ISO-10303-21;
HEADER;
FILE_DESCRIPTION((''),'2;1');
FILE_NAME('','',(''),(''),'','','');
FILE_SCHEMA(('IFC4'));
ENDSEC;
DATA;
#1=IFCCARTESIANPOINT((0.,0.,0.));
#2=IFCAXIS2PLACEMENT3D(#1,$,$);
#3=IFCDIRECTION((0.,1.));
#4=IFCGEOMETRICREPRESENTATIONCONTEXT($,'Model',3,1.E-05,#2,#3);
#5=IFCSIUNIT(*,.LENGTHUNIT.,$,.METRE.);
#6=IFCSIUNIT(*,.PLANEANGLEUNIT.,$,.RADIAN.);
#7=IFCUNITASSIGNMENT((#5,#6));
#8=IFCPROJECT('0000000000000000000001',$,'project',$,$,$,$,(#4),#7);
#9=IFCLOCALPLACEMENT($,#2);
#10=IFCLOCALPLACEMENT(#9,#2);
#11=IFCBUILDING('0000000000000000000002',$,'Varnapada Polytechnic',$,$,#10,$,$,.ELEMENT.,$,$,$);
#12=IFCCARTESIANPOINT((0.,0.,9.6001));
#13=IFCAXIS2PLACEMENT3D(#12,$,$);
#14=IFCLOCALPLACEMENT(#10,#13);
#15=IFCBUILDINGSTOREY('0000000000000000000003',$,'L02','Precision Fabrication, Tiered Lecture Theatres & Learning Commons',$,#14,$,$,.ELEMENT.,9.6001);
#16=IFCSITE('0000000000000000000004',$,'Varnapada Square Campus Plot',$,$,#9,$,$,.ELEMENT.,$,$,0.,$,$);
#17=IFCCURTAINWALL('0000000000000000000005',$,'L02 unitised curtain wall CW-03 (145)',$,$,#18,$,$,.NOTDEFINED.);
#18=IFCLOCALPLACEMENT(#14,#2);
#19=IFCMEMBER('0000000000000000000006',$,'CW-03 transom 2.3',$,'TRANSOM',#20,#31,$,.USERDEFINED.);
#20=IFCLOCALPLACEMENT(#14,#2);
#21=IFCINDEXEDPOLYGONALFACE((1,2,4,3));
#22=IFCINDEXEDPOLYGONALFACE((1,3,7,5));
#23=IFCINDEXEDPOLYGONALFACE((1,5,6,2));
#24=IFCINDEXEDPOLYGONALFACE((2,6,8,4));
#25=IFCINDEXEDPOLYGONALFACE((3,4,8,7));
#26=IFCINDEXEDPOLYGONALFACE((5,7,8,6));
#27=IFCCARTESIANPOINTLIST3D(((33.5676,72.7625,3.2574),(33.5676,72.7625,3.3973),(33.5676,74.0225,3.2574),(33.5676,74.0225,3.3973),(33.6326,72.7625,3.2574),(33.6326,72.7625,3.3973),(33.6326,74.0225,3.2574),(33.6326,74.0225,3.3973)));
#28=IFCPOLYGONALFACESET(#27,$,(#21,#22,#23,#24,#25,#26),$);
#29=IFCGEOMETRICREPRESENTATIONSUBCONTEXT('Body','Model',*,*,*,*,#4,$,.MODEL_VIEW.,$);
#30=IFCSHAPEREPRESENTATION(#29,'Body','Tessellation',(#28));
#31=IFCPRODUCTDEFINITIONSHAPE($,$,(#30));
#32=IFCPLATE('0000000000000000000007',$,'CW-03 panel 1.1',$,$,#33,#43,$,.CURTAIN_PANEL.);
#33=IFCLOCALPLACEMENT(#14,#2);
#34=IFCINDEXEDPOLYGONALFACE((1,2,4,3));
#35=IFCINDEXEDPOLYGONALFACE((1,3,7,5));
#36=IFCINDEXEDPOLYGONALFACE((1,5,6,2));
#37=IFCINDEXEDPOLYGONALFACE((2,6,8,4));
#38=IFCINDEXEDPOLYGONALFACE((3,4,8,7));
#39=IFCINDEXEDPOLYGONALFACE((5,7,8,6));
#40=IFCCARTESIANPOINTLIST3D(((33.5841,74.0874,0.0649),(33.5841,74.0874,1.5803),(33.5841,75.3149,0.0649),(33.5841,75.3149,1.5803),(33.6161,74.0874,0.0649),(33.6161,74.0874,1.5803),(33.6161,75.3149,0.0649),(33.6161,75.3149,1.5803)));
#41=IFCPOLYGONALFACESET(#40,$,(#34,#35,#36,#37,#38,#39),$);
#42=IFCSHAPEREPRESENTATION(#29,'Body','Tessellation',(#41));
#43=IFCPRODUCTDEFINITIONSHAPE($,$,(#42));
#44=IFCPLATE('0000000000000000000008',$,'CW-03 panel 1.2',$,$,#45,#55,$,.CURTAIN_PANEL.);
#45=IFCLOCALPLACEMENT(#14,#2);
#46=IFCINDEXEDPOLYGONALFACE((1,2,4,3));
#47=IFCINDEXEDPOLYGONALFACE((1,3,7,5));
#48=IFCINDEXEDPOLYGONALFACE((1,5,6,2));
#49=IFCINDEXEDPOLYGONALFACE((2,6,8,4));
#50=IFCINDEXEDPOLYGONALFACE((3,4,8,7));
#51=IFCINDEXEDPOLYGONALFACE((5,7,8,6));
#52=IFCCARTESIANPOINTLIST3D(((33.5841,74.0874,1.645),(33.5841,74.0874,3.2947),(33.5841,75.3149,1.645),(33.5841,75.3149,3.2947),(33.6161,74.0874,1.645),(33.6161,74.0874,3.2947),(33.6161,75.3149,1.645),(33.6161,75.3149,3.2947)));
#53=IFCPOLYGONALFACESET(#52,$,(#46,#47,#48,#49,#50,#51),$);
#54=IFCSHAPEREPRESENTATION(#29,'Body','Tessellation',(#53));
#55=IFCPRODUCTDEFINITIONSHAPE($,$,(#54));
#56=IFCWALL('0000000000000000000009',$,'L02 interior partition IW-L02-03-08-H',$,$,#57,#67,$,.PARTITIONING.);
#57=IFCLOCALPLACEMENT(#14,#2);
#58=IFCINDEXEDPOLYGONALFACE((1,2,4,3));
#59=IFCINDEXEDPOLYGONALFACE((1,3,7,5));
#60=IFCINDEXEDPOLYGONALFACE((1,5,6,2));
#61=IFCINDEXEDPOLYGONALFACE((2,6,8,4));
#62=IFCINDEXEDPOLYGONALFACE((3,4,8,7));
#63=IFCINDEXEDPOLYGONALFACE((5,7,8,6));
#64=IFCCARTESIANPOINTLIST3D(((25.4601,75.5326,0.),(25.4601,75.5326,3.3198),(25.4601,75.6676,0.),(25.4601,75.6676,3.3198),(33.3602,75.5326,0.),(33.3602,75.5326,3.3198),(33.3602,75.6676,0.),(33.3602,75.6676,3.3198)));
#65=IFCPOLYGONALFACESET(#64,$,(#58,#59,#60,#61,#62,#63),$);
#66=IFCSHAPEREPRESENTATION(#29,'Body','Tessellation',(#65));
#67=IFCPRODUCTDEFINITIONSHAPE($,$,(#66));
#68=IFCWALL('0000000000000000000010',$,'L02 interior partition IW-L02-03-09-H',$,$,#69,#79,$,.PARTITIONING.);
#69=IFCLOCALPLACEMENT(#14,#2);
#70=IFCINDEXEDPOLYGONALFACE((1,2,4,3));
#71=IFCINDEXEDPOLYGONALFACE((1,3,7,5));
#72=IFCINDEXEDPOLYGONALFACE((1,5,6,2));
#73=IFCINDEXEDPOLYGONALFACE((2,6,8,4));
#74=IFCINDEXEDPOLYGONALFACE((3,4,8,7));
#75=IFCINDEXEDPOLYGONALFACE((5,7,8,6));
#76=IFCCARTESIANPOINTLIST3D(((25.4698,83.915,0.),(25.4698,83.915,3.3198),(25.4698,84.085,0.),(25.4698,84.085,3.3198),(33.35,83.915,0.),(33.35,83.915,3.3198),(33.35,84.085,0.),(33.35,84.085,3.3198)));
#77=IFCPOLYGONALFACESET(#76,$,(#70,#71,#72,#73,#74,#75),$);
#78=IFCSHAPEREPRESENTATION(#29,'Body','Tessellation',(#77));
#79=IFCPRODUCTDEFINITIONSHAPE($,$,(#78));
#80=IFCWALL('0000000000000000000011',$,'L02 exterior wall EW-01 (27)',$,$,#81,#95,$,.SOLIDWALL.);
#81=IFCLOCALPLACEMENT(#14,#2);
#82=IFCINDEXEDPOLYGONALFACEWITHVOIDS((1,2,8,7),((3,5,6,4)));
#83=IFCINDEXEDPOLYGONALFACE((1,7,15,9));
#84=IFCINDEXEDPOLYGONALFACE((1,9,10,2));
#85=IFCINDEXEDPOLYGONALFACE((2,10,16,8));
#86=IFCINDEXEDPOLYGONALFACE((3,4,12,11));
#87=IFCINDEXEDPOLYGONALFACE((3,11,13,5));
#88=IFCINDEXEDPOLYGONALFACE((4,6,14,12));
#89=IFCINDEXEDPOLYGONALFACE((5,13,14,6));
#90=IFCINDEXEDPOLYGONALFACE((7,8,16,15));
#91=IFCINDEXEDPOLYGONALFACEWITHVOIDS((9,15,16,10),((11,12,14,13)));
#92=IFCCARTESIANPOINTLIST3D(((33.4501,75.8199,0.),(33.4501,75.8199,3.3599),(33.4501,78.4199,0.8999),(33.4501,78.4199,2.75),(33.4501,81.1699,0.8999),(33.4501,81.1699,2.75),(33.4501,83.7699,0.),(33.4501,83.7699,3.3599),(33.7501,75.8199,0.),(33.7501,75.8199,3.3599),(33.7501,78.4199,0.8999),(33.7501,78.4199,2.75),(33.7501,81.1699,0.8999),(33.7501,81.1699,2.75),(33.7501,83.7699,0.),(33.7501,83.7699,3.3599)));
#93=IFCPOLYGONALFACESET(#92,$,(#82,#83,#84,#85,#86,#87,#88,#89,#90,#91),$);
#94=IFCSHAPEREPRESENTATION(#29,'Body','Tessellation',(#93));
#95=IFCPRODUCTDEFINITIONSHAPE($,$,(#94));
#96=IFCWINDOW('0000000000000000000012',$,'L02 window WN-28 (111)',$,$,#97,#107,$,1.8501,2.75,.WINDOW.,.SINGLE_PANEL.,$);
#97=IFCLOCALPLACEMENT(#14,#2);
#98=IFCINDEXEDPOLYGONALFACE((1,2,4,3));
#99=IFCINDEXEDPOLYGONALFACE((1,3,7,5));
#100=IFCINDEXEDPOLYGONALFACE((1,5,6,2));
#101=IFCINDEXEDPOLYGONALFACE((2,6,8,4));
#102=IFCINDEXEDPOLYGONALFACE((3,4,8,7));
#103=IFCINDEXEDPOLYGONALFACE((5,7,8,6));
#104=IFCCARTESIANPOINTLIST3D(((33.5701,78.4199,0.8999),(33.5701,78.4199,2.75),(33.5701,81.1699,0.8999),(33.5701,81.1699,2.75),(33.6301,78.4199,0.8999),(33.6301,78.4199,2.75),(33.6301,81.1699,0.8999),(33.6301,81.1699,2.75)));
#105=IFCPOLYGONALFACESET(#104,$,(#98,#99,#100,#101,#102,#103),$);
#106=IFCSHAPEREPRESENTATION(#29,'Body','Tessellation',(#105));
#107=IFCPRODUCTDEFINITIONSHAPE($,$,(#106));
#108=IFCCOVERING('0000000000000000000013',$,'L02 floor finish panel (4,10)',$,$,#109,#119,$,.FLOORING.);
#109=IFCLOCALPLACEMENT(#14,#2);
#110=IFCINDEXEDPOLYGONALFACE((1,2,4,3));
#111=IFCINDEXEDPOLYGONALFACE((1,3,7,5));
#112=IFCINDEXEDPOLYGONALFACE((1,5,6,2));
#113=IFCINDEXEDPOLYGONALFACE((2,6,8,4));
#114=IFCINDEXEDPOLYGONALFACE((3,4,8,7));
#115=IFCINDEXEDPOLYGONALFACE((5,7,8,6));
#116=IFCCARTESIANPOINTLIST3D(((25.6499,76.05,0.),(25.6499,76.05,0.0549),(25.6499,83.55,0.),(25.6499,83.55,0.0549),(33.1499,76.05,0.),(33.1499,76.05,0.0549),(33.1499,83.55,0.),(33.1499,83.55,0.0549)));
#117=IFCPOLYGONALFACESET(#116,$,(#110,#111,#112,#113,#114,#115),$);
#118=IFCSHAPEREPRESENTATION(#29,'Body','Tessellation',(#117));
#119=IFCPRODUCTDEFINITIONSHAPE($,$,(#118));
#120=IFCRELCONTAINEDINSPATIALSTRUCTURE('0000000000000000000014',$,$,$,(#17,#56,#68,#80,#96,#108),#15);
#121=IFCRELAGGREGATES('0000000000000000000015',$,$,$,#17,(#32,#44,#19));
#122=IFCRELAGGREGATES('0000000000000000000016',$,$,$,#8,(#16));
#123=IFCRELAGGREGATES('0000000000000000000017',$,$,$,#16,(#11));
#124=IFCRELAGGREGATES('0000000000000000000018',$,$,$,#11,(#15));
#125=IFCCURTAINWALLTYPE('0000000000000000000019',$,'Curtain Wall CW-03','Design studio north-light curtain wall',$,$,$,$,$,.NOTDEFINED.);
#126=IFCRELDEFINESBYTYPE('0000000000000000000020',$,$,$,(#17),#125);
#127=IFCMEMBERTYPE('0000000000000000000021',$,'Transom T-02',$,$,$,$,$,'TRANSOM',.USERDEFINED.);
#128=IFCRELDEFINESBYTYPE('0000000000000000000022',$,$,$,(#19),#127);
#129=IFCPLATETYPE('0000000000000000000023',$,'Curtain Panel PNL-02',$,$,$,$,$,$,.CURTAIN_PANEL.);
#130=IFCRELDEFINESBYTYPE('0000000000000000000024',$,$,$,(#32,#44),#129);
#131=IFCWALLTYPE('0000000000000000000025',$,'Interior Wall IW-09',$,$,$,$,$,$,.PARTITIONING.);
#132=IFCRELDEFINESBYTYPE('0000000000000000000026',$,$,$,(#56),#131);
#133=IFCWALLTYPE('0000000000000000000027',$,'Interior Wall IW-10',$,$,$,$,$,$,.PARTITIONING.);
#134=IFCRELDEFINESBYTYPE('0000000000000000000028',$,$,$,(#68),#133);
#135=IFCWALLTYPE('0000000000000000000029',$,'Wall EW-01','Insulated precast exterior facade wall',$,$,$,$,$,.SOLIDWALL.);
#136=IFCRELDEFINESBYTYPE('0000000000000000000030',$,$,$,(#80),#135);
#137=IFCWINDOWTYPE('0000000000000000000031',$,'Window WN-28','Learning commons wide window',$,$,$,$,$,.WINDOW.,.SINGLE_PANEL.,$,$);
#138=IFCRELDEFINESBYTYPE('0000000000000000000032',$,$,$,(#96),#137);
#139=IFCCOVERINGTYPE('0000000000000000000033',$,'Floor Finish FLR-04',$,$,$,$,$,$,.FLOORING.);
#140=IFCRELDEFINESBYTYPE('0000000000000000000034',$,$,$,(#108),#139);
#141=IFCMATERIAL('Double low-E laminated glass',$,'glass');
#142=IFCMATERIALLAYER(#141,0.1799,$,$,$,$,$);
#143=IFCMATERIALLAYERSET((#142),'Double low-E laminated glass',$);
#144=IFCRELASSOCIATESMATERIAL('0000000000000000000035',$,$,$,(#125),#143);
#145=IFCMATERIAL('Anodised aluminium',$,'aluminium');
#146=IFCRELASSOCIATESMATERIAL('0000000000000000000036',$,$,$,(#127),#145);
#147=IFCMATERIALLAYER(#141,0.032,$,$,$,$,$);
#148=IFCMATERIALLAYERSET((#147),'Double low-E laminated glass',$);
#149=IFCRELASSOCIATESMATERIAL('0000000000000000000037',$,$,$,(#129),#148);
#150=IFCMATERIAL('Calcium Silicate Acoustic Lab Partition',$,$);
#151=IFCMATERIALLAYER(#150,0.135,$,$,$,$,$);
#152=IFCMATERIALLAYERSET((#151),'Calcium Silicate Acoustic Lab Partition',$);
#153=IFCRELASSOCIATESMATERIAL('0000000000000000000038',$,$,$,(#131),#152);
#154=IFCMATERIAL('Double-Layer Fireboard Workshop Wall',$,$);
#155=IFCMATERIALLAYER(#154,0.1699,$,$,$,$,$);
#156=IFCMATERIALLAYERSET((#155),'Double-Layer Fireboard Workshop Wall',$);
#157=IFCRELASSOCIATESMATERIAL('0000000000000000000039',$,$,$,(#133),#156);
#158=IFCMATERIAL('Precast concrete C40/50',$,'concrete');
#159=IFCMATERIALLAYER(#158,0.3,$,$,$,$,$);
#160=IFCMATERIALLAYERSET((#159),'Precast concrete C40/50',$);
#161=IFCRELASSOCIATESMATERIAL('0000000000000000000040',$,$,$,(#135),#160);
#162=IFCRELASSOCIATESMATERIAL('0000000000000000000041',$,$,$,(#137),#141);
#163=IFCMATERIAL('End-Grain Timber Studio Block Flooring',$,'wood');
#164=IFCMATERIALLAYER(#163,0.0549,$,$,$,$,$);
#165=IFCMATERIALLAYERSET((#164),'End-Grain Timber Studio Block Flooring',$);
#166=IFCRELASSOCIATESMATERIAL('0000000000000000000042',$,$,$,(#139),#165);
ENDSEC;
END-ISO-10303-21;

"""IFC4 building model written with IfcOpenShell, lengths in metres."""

from ifc_helpers import new_model, si_unit, direction, frame, frame_2d, origin, origin_2d, place, context, subcontext, project, spatial, rectangle, extrude, material, layer, layer_set, material_profile, profile_set, type_object, element, fill, aggregate, save


model = new_model("IFC4")

# Units and contexts
model_context = context("Model", 3, precision=1e-05, world=origin(), true_north=direction((0.0, 1.0)))
body_context = subcontext(model_context, "Body", "Model", "MODEL_VIEW")
ifc_project = project(units=[si_unit("LENGTHUNIT", "METRE"), si_unit("PLANEANGLEUNIT", "RADIAN")], contexts=[model_context])

# Site, building, storey
site_placement = place(None, origin())
site = spatial("IfcSite", under=ifc_project, at=site_placement, Name="Varnapada Square Campus Plot", CompositionType="ELEMENT", RefElevation=0.0)
building_placement = place(site_placement, origin())
building = spatial("IfcBuilding", under=site, at=building_placement, Name="Varnapada Polytechnic", CompositionType="ELEMENT")
storey_placement = place(building_placement, frame((0.0, 0.0, 9.6001)))
storey = spatial("IfcBuildingStorey", under=building, at=storey_placement, Name="L02", Description="Precision Fabrication, Tiered Lecture Theatres & Learning Commons", CompositionType="ELEMENT", Elevation=9.6001)

# Curtain wall, member, plates
ifc_material_1 = material(Name="Double low-E laminated glass", Category="glass")
ifc_layer_1 = layer(ifc_material_1, 0.1799)
ifc_layer_set_1 = layer_set([ifc_layer_1], Name="Double low-E laminated glass")
curtain_wall_type = type_object("IfcCurtainWallType", Name="Curtain Wall CW-03", Description="Design studio north-light curtain wall", PredefinedType="NOTDEFINED", material=ifc_layer_set_1)
curtain_wall_placement = place(storey_placement, origin())
curtain_wall = element("IfcCurtainWall", 1, at=curtain_wall_placement, inside=storey, type_object=curtain_wall_type, Name="L02 unitised curtain wall CW-03 (145)", PredefinedType="NOTDEFINED")
ifc_material_2 = material(Name="Anodised aluminium", Category="aluminium")
ifc_material_profile_1 = material_profile(ifc_material_2, rectangle(XDim=0.0649, YDim=0.1399, at=origin_2d()), Name="ALU T65x140")
ifc_profile_set_1 = profile_set([ifc_material_profile_1], Name="Anodised aluminium")
member_type_1 = type_object("IfcMemberType", Name="Transom T-02", ElementType="TRANSOM", PredefinedType="USERDEFINED", material=ifc_profile_set_1)
member_1_placement = place(storey_placement, frame((33.6001, 74.0225, 3.3274), z_axis=(0.0, -1.0, 0.0), x_axis=(1.0, 0.0, 0.0)))
member_1 = element("IfcMember", 2, at=member_1_placement, type_object=member_type_1, Name="CW-03 transom 2.3", ObjectType="TRANSOM", PredefinedType="USERDEFINED", context=body_context, shape_type="SweptSolid", body=[
    extrude(rectangle(XDim=0.0649, YDim=0.1399, at=origin_2d()), origin(), (0.0, 0.0, 1.0), 1.26),
])
ifc_layer_2 = layer(ifc_material_1, 0.032)
ifc_layer_set_2 = layer_set([ifc_layer_2], Name="Double low-E laminated glass")
plate_type = type_object("IfcPlateType", Name="Curtain Panel PNL-02", PredefinedType="CURTAIN_PANEL", material=ifc_layer_set_2)
plate_1_placement = place(storey_placement, frame((33.6001, 74.7012, 0.0649), z_axis=(0.0, 0.0, 1.0), x_axis=(0.0, -1.0, 0.0)))
plate_1 = element("IfcPlate", 3, at=plate_1_placement, type_object=plate_type, Name="CW-03 panel 1.1", PredefinedType="CURTAIN_PANEL", context=body_context, shape_type="SweptSolid", body=[
    extrude(rectangle(XDim=1.2275, YDim=0.032, at=origin_2d()), origin(), (0.0, 0.0, 1.0), 1.5154),
])
plate_2_placement = place(storey_placement, frame((33.6001, 74.7012, 1.645), z_axis=(0.0, 0.0, 1.0), x_axis=(0.0, -1.0, 0.0)))
plate_2 = element("IfcPlate", 4, at=plate_2_placement, type_object=plate_type, Name="CW-03 panel 1.2", PredefinedType="CURTAIN_PANEL", context=body_context, shape_type="SweptSolid", body=[
    extrude(rectangle(XDim=1.2275, YDim=0.032, at=origin_2d()), origin(), (0.0, 0.0, 1.0), 1.6497),
])
aggregate(curtain_wall, [plate_1, plate_2, member_1])

# Walls
ifc_material_3 = material(Name="Calcium Silicate Acoustic Lab Partition")
ifc_layer_3 = layer(ifc_material_3, 0.135)
ifc_layer_set_3 = layer_set([ifc_layer_3], Name="Calcium Silicate Acoustic Lab Partition")
wall_type_1 = type_object("IfcWallType", Name="Interior Wall IW-09", PredefinedType="PARTITIONING", material=ifc_layer_set_3)
wall_1_placement = place(storey_placement, frame((25.46, 75.6001, 0.0), z_axis=(0.0, 0.0, 1.0), x_axis=(1.0, 0.0, 0.0)))
element("IfcWall", 5, at=wall_1_placement, inside=storey, type_object=wall_type_1, Name="L02 interior partition IW-L02-03-08-H", PredefinedType="PARTITIONING", context=body_context, shape_type="SweptSolid", body=[
    extrude(rectangle(XDim=7.9001, YDim=0.135, at=frame_2d((3.9502, 0.0))), origin(), (0.0, 0.0, 1.0), 3.3198),
])
ifc_material_4 = material(Name="Double-Layer Fireboard Workshop Wall")
ifc_layer_4 = layer(ifc_material_4, 0.1699)
ifc_layer_set_4 = layer_set([ifc_layer_4], Name="Double-Layer Fireboard Workshop Wall")
wall_type_2 = type_object("IfcWallType", Name="Interior Wall IW-10", PredefinedType="PARTITIONING", material=ifc_layer_set_4)
wall_2_placement = place(storey_placement, frame((25.47, 84.0, 0.0), z_axis=(0.0, 0.0, 1.0), x_axis=(1.0, 0.0, 0.0)))
element("IfcWall", 6, at=wall_2_placement, inside=storey, type_object=wall_type_2, Name="L02 interior partition IW-L02-03-09-H", PredefinedType="PARTITIONING", context=body_context, shape_type="SweptSolid", body=[
    extrude(rectangle(XDim=7.8801, YDim=0.1699, at=frame_2d((3.9399, 0.0))), origin(), (0.0, 0.0, 1.0), 3.3198),
])

# Wall, opening, window
ifc_material_5 = material(Name="Precast concrete C40/50", Category="concrete")
ifc_layer_5 = layer(ifc_material_5, 0.3)
ifc_layer_set_5 = layer_set([ifc_layer_5], Name="Precast concrete C40/50")
wall_type_3 = type_object("IfcWallType", Name="Wall EW-01", Description="Insulated precast exterior facade wall", PredefinedType="SOLIDWALL", material=ifc_layer_set_5)
wall_3_placement = place(storey_placement, frame((33.6001, 83.77, 0.0), z_axis=(0.0, 0.0, 1.0), x_axis=(0.0, -1.0, 0.0)))
wall_3 = element("IfcWall", 7, at=wall_3_placement, inside=storey, type_object=wall_type_3, Name="L02 exterior wall EW-01 (27)", PredefinedType="SOLIDWALL", context=body_context, shape_type="SweptSolid", body=[
    extrude(rectangle(XDim=7.95, YDim=0.3, at=frame_2d((3.9751, 0.0))), origin(), (0.0, 0.0, 1.0), 3.3599),
])
opening_placement = place(wall_3_placement, frame((2.6001, 0.0, 0.8999)))
opening = element("IfcOpeningElement", 8, at=opening_placement, cuts=wall_3, PredefinedType="OPENING", context=body_context, shape_type="SweptSolid", body=[
    extrude(rectangle(XDim=2.75, YDim=1.8501, at=frame_2d((1.375, 0.925))), frame((0.0, 0.1599, 0.0), z_axis=(0.0, -1.0, 0.0), x_axis=(1.0, 0.0, 0.0)), (0.0, 0.0, 1.0), 0.3201),
])
window_type = type_object("IfcWindowType", Name="Window WN-28", Description="Learning commons wide window", PartitioningType="SINGLE_PANEL", PredefinedType="WINDOW", material=ifc_material_1)
window_placement = place(opening_placement, origin())
window = element("IfcWindow", 9, at=window_placement, inside=storey, type_object=window_type, Name="L02 window WN-28 (111)", OverallHeight=1.8501, OverallWidth=2.75, PartitioningType="SINGLE_PANEL", PredefinedType="WINDOW", context=body_context, shape_type="SweptSolid", body=[
    extrude(rectangle(XDim=2.75, YDim=1.8501, at=frame_2d((1.375, 0.925))), frame((0.0, 0.03, 0.0), z_axis=(0.0, -1.0, 0.0), x_axis=(1.0, 0.0, 0.0)), (0.0, 0.0, 1.0), 0.0601),
])
fill(opening, window)

# Covering
ifc_material_6 = material(Name="End-Grain Timber Studio Block Flooring", Category="wood")
ifc_layer_6 = layer(ifc_material_6, 0.0549)
ifc_layer_set_6 = layer_set([ifc_layer_6], Name="End-Grain Timber Studio Block Flooring")
covering_type = type_object("IfcCoveringType", Name="Floor Finish FLR-04", PredefinedType="FLOORING", material=ifc_layer_set_6)
covering_placement = place(storey_placement, frame((29.3999, 79.8, 0.0), z_axis=(0.0, 0.0, 1.0), x_axis=(1.0, 0.0, 0.0)))
element("IfcCovering", 10, at=covering_placement, inside=storey, type_object=covering_type, Name="L02 floor finish panel (4,10)", PredefinedType="FLOORING", context=body_context, shape_type="SweptSolid", body=[
    extrude(rectangle(XDim=7.5, YDim=7.5, at=origin_2d()), origin(), (0.0, 0.0, 1.0), 0.0549),
])

save(model, "model.ifc")
